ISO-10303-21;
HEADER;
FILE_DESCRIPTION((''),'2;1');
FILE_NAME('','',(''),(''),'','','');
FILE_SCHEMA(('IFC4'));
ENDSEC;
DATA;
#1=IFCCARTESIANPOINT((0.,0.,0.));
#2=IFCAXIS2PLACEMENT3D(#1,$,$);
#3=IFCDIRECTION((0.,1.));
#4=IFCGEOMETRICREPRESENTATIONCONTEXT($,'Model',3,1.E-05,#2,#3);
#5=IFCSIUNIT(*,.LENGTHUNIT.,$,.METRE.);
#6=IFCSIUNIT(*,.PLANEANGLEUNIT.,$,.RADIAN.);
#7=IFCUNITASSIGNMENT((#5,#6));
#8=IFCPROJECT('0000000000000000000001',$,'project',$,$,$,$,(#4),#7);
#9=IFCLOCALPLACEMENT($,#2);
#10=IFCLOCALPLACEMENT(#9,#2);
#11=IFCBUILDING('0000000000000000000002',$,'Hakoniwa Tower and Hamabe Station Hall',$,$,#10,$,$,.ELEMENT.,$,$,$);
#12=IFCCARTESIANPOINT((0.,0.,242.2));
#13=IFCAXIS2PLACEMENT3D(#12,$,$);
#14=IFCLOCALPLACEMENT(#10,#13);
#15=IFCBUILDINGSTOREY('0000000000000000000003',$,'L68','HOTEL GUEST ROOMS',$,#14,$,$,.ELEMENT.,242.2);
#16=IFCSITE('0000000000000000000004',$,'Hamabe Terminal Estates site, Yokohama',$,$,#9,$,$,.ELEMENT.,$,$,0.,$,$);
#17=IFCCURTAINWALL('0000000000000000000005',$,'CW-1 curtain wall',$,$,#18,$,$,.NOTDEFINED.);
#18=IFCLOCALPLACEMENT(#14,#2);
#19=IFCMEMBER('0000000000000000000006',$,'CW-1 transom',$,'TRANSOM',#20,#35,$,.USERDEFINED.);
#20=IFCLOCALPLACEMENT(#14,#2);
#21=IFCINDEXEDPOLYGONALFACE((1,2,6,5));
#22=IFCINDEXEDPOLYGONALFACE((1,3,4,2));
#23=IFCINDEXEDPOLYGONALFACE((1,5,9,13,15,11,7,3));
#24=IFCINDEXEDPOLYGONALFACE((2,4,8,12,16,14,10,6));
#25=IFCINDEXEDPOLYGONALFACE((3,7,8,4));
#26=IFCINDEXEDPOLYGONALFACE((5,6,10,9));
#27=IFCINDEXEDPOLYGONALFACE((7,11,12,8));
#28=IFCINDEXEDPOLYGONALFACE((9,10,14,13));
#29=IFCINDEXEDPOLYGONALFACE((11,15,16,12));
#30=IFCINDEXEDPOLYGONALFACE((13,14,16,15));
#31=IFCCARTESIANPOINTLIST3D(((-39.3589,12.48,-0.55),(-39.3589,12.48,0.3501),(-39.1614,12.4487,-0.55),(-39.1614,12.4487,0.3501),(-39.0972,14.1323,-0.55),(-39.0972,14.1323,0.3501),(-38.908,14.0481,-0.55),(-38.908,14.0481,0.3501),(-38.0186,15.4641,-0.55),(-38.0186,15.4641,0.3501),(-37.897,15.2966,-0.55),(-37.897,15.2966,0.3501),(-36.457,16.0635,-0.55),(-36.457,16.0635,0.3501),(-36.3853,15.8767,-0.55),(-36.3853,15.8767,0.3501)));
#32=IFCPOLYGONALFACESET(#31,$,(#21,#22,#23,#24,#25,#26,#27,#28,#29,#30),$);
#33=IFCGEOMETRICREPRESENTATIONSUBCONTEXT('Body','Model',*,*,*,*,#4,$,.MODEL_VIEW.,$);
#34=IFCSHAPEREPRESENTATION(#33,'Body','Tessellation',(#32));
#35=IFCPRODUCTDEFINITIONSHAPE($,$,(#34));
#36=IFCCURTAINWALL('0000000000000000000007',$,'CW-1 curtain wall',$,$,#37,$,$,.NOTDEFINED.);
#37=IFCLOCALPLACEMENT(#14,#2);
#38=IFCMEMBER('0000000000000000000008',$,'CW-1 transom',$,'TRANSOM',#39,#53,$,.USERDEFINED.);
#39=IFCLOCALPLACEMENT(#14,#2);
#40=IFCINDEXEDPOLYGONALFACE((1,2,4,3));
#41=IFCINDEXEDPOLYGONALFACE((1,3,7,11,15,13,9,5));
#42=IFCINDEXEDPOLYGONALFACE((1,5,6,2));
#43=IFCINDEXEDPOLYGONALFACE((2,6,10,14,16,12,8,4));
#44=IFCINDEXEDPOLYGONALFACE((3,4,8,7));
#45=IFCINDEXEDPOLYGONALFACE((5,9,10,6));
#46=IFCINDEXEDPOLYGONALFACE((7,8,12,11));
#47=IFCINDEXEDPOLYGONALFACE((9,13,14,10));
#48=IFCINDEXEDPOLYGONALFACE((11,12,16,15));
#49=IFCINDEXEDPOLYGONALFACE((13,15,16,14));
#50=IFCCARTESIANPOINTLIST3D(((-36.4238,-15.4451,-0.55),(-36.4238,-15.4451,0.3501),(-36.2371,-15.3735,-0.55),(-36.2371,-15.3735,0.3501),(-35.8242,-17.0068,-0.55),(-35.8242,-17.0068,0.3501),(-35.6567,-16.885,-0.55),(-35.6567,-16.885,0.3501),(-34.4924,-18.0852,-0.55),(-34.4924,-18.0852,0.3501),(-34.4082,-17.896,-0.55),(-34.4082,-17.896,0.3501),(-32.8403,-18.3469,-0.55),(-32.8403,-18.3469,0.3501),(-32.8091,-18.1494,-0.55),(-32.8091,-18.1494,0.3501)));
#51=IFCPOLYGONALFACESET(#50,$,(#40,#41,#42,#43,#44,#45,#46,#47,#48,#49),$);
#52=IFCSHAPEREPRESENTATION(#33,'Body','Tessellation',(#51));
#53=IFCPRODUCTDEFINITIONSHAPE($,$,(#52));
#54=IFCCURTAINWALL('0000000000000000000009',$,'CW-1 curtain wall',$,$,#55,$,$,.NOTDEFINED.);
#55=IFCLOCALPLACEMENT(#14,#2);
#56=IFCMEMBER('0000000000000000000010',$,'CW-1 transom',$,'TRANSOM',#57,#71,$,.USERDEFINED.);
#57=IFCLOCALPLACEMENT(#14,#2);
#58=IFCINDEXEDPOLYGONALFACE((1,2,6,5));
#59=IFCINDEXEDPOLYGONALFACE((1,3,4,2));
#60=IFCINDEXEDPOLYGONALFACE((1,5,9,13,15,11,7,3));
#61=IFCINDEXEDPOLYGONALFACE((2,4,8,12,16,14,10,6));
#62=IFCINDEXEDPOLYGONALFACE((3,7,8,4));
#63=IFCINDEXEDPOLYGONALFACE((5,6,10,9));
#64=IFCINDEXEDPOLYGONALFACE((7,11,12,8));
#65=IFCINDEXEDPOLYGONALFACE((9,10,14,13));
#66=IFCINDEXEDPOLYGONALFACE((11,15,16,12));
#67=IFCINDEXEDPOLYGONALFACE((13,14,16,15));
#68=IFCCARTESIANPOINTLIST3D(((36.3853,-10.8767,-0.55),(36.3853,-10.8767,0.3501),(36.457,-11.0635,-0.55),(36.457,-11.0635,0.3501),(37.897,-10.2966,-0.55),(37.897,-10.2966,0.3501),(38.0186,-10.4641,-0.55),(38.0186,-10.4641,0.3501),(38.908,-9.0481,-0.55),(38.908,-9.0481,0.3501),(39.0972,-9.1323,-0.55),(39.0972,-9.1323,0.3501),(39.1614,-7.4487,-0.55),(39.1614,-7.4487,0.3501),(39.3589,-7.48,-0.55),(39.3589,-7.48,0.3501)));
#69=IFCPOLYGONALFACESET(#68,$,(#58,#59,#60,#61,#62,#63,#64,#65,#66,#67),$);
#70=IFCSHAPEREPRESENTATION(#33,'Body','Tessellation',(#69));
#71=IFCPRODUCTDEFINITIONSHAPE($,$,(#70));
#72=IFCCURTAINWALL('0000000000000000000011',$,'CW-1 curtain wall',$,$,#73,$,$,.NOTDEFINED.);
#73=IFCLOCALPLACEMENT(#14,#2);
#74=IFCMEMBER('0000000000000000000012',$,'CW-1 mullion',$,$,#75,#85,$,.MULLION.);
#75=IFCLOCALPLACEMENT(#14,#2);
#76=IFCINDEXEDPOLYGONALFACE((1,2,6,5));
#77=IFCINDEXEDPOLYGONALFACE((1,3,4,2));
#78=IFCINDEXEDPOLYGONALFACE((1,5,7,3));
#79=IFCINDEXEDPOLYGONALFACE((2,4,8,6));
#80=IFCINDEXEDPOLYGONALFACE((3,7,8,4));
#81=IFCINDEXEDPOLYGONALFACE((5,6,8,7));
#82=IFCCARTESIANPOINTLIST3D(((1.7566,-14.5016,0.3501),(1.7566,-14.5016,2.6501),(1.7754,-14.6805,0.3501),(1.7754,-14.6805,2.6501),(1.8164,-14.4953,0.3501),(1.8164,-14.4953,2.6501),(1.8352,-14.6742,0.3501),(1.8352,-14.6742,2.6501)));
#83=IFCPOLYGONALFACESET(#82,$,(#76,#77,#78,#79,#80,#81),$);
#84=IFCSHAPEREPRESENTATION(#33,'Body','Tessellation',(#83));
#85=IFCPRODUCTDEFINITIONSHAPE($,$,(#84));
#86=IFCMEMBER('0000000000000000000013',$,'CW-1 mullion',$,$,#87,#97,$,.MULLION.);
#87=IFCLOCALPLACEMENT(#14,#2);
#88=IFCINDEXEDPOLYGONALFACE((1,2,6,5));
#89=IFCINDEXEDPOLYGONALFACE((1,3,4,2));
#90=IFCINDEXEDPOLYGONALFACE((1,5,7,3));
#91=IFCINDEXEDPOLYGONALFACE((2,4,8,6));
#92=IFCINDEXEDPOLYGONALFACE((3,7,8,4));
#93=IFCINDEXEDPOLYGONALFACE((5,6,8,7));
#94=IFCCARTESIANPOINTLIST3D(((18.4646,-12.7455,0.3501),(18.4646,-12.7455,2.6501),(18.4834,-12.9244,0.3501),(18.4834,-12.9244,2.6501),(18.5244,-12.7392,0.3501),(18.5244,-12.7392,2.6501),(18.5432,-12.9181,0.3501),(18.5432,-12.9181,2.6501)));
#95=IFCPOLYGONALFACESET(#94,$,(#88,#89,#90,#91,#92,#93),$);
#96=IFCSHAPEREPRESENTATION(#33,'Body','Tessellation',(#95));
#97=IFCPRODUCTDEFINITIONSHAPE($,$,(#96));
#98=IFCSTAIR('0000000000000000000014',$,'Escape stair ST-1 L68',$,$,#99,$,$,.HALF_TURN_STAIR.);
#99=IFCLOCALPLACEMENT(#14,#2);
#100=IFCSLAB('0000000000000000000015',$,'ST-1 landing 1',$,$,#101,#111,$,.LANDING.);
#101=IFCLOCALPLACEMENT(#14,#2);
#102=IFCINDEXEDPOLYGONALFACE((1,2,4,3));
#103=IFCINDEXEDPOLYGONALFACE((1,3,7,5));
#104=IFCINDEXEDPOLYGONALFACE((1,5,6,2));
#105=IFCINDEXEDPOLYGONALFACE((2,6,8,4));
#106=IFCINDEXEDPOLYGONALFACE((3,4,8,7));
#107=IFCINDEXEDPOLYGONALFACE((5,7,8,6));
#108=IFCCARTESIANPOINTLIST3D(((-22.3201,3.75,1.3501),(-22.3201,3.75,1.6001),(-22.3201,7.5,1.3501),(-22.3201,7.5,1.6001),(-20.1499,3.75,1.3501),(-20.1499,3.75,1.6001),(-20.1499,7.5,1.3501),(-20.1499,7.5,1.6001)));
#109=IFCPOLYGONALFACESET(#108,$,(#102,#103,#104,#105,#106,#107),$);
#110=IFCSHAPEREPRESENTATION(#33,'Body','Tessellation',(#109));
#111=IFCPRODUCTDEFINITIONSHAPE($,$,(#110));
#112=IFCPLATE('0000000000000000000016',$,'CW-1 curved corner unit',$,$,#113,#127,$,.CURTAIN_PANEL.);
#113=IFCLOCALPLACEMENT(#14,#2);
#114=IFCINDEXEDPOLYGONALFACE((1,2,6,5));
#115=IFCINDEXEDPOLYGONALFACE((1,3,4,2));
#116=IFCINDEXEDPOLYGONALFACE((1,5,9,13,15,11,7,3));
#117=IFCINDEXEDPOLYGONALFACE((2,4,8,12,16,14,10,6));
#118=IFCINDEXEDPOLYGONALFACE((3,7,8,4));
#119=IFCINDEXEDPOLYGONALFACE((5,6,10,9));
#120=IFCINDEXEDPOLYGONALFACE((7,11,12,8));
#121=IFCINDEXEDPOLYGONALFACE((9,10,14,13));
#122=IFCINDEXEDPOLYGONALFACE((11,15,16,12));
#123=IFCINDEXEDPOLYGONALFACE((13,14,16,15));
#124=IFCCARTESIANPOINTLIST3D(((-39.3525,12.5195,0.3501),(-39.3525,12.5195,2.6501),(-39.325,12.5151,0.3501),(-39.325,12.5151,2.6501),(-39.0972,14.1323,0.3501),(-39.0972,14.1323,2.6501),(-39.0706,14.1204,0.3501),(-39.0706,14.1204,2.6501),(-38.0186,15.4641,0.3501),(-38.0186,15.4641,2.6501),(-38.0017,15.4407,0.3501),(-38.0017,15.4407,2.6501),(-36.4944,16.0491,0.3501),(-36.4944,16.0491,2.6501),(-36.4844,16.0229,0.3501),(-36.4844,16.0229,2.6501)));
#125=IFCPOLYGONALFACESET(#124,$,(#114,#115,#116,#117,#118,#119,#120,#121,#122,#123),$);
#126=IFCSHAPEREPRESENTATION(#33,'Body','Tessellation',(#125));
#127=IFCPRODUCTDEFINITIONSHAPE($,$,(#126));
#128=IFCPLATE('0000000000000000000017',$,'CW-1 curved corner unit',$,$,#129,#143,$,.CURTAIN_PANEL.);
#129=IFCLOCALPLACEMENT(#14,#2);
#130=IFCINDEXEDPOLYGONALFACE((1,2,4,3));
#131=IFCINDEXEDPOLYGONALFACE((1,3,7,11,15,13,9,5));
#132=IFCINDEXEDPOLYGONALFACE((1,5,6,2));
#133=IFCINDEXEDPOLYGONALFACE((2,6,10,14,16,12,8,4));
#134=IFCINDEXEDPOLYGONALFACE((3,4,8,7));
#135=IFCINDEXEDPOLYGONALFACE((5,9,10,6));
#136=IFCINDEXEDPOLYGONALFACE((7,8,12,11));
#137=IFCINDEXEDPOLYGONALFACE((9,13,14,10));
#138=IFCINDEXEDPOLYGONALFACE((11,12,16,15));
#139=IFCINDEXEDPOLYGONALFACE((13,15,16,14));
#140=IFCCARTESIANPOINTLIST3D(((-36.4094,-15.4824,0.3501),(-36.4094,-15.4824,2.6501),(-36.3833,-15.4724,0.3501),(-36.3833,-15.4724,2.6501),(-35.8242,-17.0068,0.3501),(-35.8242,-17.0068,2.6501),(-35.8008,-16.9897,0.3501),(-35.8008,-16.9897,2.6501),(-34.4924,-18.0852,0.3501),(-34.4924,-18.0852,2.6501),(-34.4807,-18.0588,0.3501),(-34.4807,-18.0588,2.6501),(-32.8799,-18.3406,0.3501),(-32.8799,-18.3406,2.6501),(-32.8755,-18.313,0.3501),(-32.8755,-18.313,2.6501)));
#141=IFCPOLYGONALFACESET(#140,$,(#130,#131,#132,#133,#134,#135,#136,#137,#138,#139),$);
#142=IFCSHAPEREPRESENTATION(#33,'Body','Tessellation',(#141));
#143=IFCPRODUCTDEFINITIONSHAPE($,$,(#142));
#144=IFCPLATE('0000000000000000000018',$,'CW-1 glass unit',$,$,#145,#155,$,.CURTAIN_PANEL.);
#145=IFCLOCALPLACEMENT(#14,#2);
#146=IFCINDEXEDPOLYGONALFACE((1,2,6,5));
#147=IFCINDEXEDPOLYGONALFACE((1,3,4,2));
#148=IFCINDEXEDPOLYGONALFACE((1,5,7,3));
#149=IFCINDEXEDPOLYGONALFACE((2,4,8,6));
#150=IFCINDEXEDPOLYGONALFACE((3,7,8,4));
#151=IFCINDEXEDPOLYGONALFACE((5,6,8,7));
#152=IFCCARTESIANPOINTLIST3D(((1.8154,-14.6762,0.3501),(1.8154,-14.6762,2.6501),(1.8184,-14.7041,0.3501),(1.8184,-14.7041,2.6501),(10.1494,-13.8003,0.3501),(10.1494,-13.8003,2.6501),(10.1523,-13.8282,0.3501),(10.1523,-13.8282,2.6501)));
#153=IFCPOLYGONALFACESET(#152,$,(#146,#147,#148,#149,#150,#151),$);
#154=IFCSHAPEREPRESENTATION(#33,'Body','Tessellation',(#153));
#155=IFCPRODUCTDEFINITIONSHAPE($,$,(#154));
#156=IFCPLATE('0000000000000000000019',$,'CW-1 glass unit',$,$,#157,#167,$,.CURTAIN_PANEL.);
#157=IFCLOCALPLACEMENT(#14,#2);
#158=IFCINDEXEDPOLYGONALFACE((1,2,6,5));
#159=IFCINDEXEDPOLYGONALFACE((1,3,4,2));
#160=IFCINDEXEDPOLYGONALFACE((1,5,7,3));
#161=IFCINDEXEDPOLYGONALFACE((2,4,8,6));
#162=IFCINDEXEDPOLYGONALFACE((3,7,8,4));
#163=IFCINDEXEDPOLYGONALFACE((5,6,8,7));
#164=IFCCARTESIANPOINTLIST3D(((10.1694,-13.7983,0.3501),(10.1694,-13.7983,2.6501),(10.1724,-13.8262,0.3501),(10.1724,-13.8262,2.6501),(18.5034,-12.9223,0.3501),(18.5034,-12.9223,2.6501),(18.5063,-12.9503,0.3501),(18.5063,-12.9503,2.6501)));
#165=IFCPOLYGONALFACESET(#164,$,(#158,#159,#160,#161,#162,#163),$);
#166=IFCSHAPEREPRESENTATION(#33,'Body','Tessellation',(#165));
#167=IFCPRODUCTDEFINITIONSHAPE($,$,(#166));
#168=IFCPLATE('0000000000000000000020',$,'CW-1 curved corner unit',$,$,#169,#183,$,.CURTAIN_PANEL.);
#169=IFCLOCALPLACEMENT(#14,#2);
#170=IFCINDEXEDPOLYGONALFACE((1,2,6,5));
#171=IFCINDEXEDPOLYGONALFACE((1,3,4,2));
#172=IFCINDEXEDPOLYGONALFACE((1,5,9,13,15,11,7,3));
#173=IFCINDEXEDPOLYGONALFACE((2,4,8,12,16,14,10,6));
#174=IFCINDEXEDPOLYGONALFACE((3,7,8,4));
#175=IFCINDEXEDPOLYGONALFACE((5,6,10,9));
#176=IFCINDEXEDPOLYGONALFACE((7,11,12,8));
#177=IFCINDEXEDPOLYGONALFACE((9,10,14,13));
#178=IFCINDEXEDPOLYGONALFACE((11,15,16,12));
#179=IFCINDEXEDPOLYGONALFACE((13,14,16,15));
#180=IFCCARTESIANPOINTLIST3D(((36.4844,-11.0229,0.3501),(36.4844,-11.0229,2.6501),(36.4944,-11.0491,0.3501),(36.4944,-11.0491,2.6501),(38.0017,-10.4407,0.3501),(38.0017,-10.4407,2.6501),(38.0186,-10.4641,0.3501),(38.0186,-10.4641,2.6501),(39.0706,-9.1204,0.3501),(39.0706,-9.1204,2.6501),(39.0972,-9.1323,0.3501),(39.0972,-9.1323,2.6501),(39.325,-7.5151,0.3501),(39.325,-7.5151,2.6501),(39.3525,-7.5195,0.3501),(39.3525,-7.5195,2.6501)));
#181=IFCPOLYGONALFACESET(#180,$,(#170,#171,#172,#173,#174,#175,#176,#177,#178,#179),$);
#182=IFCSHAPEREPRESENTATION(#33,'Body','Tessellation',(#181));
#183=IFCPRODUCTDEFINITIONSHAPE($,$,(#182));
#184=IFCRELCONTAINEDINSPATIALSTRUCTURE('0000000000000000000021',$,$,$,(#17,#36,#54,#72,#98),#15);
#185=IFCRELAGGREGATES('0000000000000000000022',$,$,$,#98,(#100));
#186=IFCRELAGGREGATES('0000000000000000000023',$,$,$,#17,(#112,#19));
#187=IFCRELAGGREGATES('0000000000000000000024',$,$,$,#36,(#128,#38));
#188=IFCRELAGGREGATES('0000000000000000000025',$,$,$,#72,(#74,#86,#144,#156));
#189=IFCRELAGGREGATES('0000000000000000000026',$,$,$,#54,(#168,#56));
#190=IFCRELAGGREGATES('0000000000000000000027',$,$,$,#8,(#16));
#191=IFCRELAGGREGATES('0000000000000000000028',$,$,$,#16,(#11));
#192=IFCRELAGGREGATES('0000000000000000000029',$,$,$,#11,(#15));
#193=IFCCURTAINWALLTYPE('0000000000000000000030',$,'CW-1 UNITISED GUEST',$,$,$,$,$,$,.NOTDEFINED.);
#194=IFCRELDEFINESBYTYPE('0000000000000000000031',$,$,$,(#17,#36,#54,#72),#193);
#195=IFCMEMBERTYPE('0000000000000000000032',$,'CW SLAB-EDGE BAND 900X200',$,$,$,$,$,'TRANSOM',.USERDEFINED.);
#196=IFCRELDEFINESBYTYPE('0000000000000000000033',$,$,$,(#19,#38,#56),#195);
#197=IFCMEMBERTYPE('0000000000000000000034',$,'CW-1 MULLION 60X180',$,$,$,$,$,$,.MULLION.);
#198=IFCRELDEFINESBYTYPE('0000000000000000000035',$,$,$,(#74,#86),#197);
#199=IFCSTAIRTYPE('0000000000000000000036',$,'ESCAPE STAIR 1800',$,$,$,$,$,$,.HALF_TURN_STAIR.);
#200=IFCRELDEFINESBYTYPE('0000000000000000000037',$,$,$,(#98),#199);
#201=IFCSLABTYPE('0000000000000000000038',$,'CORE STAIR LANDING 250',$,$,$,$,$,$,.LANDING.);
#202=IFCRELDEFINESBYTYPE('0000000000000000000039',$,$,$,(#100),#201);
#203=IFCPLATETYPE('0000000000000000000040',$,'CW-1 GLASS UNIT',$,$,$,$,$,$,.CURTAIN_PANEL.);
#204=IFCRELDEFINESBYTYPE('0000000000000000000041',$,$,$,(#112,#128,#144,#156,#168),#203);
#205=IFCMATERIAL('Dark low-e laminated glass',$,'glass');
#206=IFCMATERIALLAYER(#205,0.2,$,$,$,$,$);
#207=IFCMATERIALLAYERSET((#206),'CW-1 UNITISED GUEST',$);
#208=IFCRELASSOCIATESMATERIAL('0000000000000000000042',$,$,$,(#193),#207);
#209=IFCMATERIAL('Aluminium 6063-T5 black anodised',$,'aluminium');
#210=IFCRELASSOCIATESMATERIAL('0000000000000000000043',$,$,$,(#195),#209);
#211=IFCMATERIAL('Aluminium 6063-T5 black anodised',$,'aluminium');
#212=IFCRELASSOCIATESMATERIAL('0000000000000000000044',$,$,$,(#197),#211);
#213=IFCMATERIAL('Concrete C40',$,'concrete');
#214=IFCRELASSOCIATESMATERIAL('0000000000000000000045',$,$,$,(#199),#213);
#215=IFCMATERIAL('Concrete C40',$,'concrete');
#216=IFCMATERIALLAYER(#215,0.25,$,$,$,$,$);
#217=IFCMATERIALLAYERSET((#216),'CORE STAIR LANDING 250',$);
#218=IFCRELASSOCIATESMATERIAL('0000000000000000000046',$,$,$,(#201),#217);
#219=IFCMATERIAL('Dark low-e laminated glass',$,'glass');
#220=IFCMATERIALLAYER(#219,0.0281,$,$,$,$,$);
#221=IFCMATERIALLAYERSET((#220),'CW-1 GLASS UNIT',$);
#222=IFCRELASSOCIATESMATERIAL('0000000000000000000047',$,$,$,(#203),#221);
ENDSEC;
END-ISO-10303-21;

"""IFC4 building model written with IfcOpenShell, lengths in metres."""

from ifc_helpers import new_model, si_unit, direction, frame, origin, origin_2d, place, context, subcontext, project, spatial, polyline, rectangle, outline, extrude, material, layer, layer_set, material_profile, profile_set, type_object, element, aggregate, save


model = new_model("IFC4")

# Units and contexts
model_context = context("Model", 3, precision=1e-05, world=origin(), true_north=direction((0.0, 1.0)))
body_context = subcontext(model_context, "Body", "Model", "MODEL_VIEW")
ifc_project = project(units=[si_unit("LENGTHUNIT", "METRE"), si_unit("PLANEANGLEUNIT", "RADIAN")], contexts=[model_context])

# Site, building, storey
site_placement = place(None, origin())
site = spatial("IfcSite", under=ifc_project, at=site_placement, Name="Hamabe Terminal Estates site, Yokohama", CompositionType="ELEMENT", RefElevation=0.0)
building_placement = place(site_placement, origin())
building = spatial("IfcBuilding", under=site, at=building_placement, Name="Hakoniwa Tower and Hamabe Station Hall", CompositionType="ELEMENT")
storey_placement = place(building_placement, frame((0.0, 0.0, 242.2)))
storey = spatial("IfcBuildingStorey", under=building, at=storey_placement, Name="L68", Description="HOTEL GUEST ROOMS", CompositionType="ELEMENT", Elevation=242.2)

# Curtain walls, members
ifc_material_1 = material(Name="Dark low-e laminated glass", Category="glass")
ifc_layer_1 = layer(ifc_material_1, 0.2)
ifc_layer_set_1 = layer_set([ifc_layer_1], Name="CW-1 UNITISED GUEST")
curtain_wall_type = type_object("IfcCurtainWallType", Name="CW-1 UNITISED GUEST", PredefinedType="NOTDEFINED", material=ifc_layer_set_1)
curtain_wall_1_placement = place(storey_placement, origin())
curtain_wall_1 = element("IfcCurtainWall", 1, at=curtain_wall_1_placement, inside=storey, type_object=curtain_wall_type, Name="CW-1 curtain wall", PredefinedType="NOTDEFINED")
ifc_material_2 = material(Name="Aluminium 6063-T5 black anodised", Category="aluminium")
ifc_material_profile_1 = material_profile(ifc_material_2, rectangle(XDim=0.2, YDim=0.8999, at=origin_2d()), Name="CW SLAB-EDGE BAND 900X200")
ifc_profile_set_1 = profile_set([ifc_material_profile_1], Name="Aluminium 6063-T5 black anodised")
member_type_1 = type_object("IfcMemberType", Name="CW SLAB-EDGE BAND 900X200", ElementType="TRANSOM", PredefinedType="USERDEFINED", material=ifc_profile_set_1)
member_1_placement = place(storey_placement, frame((0.0, 0.0, -0.55)))
member_1 = element("IfcMember", 2, at=member_1_placement, type_object=member_type_1, Name="CW-1 transom", ObjectType="TRANSOM", PredefinedType="USERDEFINED", context=body_context, shape_type="SweptSolid", body=[
    extrude(outline(polyline([(-36.457, 16.0635), (-38.0186, 15.4641), (-39.0972, 14.1323), (-39.3589, 12.48), (-39.1614, 12.4487), (-38.908, 14.0481), (-37.897, 15.2966), (-36.3853, 15.8767), (-36.457, 16.0635)])), origin(), (0.0, 0.0, 1.0), 0.9001),
])
curtain_wall_2_placement = place(storey_placement, origin())
curtain_wall_2 = element("IfcCurtainWall", 3, at=curtain_wall_2_placement, inside=storey, type_object=curtain_wall_type, Name="CW-1 curtain wall", PredefinedType="NOTDEFINED")
member_2_placement = place(storey_placement, frame((0.0, 0.0, -0.55)))
member_2 = element("IfcMember", 4, at=member_2_placement, type_object=member_type_1, Name="CW-1 transom", ObjectType="TRANSOM", PredefinedType="USERDEFINED", context=body_context, shape_type="SweptSolid", body=[
    extrude(outline(polyline([(-36.4238, -15.4451), (-35.8242, -17.0068), (-34.4924, -18.0852), (-32.8403, -18.3469), (-32.8091, -18.1494), (-34.4082, -17.896), (-35.6567, -16.885), (-36.2371, -15.3735), (-36.4238, -15.4451)])), origin(), (0.0, 0.0, 1.0), 0.9001),
])
curtain_wall_3_placement = place(storey_placement, origin())
curtain_wall_3 = element("IfcCurtainWall", 5, at=curtain_wall_3_placement, inside=storey, type_object=curtain_wall_type, Name="CW-1 curtain wall", PredefinedType="NOTDEFINED")
member_3_placement = place(storey_placement, frame((0.0, 0.0, -0.55)))
member_3 = element("IfcMember", 6, at=member_3_placement, type_object=member_type_1, Name="CW-1 transom", ObjectType="TRANSOM", PredefinedType="USERDEFINED", context=body_context, shape_type="SweptSolid", body=[
    extrude(outline(polyline([(36.457, -11.0635), (38.0186, -10.4641), (39.0972, -9.1323), (39.3589, -7.48), (39.1614, -7.4487), (38.908, -9.0481), (37.897, -10.2966), (36.3853, -10.8767), (36.457, -11.0635)])), origin(), (0.0, 0.0, 1.0), 0.9001),
])

# Curtain wall, members
curtain_wall_4_placement = place(storey_placement, origin())
curtain_wall_4 = element("IfcCurtainWall", 7, at=curtain_wall_4_placement, inside=storey, type_object=curtain_wall_type, Name="CW-1 curtain wall", PredefinedType="NOTDEFINED")
ifc_material_3 = material(Name="Aluminium 6063-T5 black anodised", Category="aluminium")
ifc_material_profile_2 = material_profile(ifc_material_3, rectangle(XDim=0.0601, YDim=0.1799, at=origin_2d()), Name="CW-1 MULLION 60X180")
ifc_profile_set_2 = profile_set([ifc_material_profile_2], Name="Aluminium 6063-T5 black anodised")
member_type_2 = type_object("IfcMemberType", Name="CW-1 MULLION 60X180", PredefinedType="MULLION", material=ifc_profile_set_2)
member_4_placement = place(storey_placement, frame((1.7959, -14.5879, 0.3501), z_axis=(0.0, 0.0, 1.0), x_axis=(0.994522, 0.104528, 0.0)))
member_4 = element("IfcMember", 8, at=member_4_placement, type_object=member_type_2, Name="CW-1 mullion", PredefinedType="MULLION", context=body_context, shape_type="SweptSolid", body=[
    extrude(rectangle(XDim=0.0601, YDim=0.1799, at=origin_2d()), origin(), (0.0, 0.0, 1.0), 2.3),
])
member_5_placement = place(storey_placement, frame((18.5039, -12.8318, 0.3501), z_axis=(0.0, 0.0, 1.0), x_axis=(0.994522, 0.104528, 0.0)))
member_5 = element("IfcMember", 9, at=member_5_placement, type_object=member_type_2, Name="CW-1 mullion", PredefinedType="MULLION", context=body_context, shape_type="SweptSolid", body=[
    extrude(rectangle(XDim=0.0601, YDim=0.1799, at=origin_2d()), origin(), (0.0, 0.0, 1.0), 2.3),
])

# Stair, slab
ifc_material_4 = material(Name="Concrete C40", Category="concrete")
stair_type = type_object("IfcStairType", Name="ESCAPE STAIR 1800", PredefinedType="HALF_TURN_STAIR", material=ifc_material_4)
stair_placement = place(storey_placement, origin())
stair = element("IfcStair", 10, at=stair_placement, inside=storey, type_object=stair_type, Name="Escape stair ST-1 L68", PredefinedType="HALF_TURN_STAIR")
ifc_material_5 = material(Name="Concrete C40", Category="concrete")
ifc_layer_2 = layer(ifc_material_5, 0.25)
ifc_layer_set_2 = layer_set([ifc_layer_2], Name="CORE STAIR LANDING 250")
slab_type = type_object("IfcSlabType", Name="CORE STAIR LANDING 250", PredefinedType="LANDING", material=ifc_layer_set_2)
slab_placement = place(storey_placement, frame((0.0, 0.0, 1.3501)))
slab = element("IfcSlab", 11, at=slab_placement, type_object=slab_type, Name="ST-1 landing 1", PredefinedType="LANDING", context=body_context, shape_type="SweptSolid", body=[
    extrude(outline(polyline([(-22.3201, 3.75), (-20.1499, 3.75), (-20.1499, 7.5), (-22.3201, 7.5), (-22.3201, 3.75)])), origin(), (0.0, 0.0, 1.0), 0.25),
])
aggregate(stair, [slab])

# Plates
ifc_material_6 = material(Name="Dark low-e laminated glass", Category="glass")
ifc_layer_3 = layer(ifc_material_6, 0.0281)
ifc_layer_set_3 = layer_set([ifc_layer_3], Name="CW-1 GLASS UNIT")
plate_type = type_object("IfcPlateType", Name="CW-1 GLASS UNIT", PredefinedType="CURTAIN_PANEL", material=ifc_layer_set_3)
plate_1_placement = place(storey_placement, frame((0.0, 0.0, 0.3501)))
plate_1 = element("IfcPlate", 12, at=plate_1_placement, type_object=plate_type, Name="CW-1 curved corner unit", PredefinedType="CURTAIN_PANEL", context=body_context, shape_type="SweptSolid", body=[
    extrude(outline(polyline([(-36.4944, 16.0491), (-38.0186, 15.4641), (-39.0972, 14.1323), (-39.3525, 12.5195), (-39.325, 12.5151), (-39.0706, 14.1204), (-38.0017, 15.4407), (-36.4844, 16.0229), (-36.4944, 16.0491)])), origin(), (0.0, 0.0, 1.0), 2.3),
])
aggregate(curtain_wall_1, [plate_1, member_1])
plate_2_placement = place(storey_placement, frame((0.0, 0.0, 0.3501)))
plate_2 = element("IfcPlate", 13, at=plate_2_placement, type_object=plate_type, Name="CW-1 curved corner unit", PredefinedType="CURTAIN_PANEL", context=body_context, shape_type="SweptSolid", body=[
    extrude(outline(polyline([(-36.4094, -15.4824), (-35.8242, -17.0068), (-34.4924, -18.0852), (-32.8799, -18.3406), (-32.8755, -18.313), (-34.4807, -18.0588), (-35.8008, -16.9897), (-36.3833, -15.4724), (-36.4094, -15.4824)])), origin(), (0.0, 0.0, 1.0), 2.3),
])
aggregate(curtain_wall_2, [plate_2, member_2])
plate_3_placement = place(storey_placement, frame((5.9839, -14.2522, 0.3501), z_axis=(0.0, 0.0, 1.0), x_axis=(0.994522, 0.104528, 0.0)))
plate_3 = element("IfcPlate", 14, at=plate_3_placement, type_object=plate_type, Name="CW-1 glass unit", PredefinedType="CURTAIN_PANEL", context=body_context, shape_type="SweptSolid", body=[
    extrude(rectangle(XDim=8.3799, YDim=0.0281, at=origin_2d()), origin(), (0.0, 0.0, 1.0), 2.3),
])
plate_4_placement = place(storey_placement, frame((14.3379, -13.3743, 0.3501), z_axis=(0.0, 0.0, 1.0), x_axis=(0.994522, 0.104528, 0.0)))
plate_4 = element("IfcPlate", 15, at=plate_4_placement, type_object=plate_type, Name="CW-1 glass unit", PredefinedType="CURTAIN_PANEL", context=body_context, shape_type="SweptSolid", body=[
    extrude(rectangle(XDim=8.3799, YDim=0.0281, at=origin_2d()), origin(), (0.0, 0.0, 1.0), 2.3),
])
aggregate(curtain_wall_4, [member_4, member_5, plate_3, plate_4])
plate_5_placement = place(storey_placement, frame((0.0, 0.0, 0.3501)))
plate_5 = element("IfcPlate", 16, at=plate_5_placement, type_object=plate_type, Name="CW-1 curved corner unit", PredefinedType="CURTAIN_PANEL", context=body_context, shape_type="SweptSolid", body=[
    extrude(outline(polyline([(36.4944, -11.0491), (38.0186, -10.4641), (39.0972, -9.1323), (39.3525, -7.5195), (39.325, -7.5151), (39.0706, -9.1204), (38.0017, -10.4407), (36.4844, -11.0229), (36.4944, -11.0491)])), origin(), (0.0, 0.0, 1.0), 2.3),
])
aggregate(curtain_wall_3, [plate_5, member_3])

save(model, "model.ifc")
